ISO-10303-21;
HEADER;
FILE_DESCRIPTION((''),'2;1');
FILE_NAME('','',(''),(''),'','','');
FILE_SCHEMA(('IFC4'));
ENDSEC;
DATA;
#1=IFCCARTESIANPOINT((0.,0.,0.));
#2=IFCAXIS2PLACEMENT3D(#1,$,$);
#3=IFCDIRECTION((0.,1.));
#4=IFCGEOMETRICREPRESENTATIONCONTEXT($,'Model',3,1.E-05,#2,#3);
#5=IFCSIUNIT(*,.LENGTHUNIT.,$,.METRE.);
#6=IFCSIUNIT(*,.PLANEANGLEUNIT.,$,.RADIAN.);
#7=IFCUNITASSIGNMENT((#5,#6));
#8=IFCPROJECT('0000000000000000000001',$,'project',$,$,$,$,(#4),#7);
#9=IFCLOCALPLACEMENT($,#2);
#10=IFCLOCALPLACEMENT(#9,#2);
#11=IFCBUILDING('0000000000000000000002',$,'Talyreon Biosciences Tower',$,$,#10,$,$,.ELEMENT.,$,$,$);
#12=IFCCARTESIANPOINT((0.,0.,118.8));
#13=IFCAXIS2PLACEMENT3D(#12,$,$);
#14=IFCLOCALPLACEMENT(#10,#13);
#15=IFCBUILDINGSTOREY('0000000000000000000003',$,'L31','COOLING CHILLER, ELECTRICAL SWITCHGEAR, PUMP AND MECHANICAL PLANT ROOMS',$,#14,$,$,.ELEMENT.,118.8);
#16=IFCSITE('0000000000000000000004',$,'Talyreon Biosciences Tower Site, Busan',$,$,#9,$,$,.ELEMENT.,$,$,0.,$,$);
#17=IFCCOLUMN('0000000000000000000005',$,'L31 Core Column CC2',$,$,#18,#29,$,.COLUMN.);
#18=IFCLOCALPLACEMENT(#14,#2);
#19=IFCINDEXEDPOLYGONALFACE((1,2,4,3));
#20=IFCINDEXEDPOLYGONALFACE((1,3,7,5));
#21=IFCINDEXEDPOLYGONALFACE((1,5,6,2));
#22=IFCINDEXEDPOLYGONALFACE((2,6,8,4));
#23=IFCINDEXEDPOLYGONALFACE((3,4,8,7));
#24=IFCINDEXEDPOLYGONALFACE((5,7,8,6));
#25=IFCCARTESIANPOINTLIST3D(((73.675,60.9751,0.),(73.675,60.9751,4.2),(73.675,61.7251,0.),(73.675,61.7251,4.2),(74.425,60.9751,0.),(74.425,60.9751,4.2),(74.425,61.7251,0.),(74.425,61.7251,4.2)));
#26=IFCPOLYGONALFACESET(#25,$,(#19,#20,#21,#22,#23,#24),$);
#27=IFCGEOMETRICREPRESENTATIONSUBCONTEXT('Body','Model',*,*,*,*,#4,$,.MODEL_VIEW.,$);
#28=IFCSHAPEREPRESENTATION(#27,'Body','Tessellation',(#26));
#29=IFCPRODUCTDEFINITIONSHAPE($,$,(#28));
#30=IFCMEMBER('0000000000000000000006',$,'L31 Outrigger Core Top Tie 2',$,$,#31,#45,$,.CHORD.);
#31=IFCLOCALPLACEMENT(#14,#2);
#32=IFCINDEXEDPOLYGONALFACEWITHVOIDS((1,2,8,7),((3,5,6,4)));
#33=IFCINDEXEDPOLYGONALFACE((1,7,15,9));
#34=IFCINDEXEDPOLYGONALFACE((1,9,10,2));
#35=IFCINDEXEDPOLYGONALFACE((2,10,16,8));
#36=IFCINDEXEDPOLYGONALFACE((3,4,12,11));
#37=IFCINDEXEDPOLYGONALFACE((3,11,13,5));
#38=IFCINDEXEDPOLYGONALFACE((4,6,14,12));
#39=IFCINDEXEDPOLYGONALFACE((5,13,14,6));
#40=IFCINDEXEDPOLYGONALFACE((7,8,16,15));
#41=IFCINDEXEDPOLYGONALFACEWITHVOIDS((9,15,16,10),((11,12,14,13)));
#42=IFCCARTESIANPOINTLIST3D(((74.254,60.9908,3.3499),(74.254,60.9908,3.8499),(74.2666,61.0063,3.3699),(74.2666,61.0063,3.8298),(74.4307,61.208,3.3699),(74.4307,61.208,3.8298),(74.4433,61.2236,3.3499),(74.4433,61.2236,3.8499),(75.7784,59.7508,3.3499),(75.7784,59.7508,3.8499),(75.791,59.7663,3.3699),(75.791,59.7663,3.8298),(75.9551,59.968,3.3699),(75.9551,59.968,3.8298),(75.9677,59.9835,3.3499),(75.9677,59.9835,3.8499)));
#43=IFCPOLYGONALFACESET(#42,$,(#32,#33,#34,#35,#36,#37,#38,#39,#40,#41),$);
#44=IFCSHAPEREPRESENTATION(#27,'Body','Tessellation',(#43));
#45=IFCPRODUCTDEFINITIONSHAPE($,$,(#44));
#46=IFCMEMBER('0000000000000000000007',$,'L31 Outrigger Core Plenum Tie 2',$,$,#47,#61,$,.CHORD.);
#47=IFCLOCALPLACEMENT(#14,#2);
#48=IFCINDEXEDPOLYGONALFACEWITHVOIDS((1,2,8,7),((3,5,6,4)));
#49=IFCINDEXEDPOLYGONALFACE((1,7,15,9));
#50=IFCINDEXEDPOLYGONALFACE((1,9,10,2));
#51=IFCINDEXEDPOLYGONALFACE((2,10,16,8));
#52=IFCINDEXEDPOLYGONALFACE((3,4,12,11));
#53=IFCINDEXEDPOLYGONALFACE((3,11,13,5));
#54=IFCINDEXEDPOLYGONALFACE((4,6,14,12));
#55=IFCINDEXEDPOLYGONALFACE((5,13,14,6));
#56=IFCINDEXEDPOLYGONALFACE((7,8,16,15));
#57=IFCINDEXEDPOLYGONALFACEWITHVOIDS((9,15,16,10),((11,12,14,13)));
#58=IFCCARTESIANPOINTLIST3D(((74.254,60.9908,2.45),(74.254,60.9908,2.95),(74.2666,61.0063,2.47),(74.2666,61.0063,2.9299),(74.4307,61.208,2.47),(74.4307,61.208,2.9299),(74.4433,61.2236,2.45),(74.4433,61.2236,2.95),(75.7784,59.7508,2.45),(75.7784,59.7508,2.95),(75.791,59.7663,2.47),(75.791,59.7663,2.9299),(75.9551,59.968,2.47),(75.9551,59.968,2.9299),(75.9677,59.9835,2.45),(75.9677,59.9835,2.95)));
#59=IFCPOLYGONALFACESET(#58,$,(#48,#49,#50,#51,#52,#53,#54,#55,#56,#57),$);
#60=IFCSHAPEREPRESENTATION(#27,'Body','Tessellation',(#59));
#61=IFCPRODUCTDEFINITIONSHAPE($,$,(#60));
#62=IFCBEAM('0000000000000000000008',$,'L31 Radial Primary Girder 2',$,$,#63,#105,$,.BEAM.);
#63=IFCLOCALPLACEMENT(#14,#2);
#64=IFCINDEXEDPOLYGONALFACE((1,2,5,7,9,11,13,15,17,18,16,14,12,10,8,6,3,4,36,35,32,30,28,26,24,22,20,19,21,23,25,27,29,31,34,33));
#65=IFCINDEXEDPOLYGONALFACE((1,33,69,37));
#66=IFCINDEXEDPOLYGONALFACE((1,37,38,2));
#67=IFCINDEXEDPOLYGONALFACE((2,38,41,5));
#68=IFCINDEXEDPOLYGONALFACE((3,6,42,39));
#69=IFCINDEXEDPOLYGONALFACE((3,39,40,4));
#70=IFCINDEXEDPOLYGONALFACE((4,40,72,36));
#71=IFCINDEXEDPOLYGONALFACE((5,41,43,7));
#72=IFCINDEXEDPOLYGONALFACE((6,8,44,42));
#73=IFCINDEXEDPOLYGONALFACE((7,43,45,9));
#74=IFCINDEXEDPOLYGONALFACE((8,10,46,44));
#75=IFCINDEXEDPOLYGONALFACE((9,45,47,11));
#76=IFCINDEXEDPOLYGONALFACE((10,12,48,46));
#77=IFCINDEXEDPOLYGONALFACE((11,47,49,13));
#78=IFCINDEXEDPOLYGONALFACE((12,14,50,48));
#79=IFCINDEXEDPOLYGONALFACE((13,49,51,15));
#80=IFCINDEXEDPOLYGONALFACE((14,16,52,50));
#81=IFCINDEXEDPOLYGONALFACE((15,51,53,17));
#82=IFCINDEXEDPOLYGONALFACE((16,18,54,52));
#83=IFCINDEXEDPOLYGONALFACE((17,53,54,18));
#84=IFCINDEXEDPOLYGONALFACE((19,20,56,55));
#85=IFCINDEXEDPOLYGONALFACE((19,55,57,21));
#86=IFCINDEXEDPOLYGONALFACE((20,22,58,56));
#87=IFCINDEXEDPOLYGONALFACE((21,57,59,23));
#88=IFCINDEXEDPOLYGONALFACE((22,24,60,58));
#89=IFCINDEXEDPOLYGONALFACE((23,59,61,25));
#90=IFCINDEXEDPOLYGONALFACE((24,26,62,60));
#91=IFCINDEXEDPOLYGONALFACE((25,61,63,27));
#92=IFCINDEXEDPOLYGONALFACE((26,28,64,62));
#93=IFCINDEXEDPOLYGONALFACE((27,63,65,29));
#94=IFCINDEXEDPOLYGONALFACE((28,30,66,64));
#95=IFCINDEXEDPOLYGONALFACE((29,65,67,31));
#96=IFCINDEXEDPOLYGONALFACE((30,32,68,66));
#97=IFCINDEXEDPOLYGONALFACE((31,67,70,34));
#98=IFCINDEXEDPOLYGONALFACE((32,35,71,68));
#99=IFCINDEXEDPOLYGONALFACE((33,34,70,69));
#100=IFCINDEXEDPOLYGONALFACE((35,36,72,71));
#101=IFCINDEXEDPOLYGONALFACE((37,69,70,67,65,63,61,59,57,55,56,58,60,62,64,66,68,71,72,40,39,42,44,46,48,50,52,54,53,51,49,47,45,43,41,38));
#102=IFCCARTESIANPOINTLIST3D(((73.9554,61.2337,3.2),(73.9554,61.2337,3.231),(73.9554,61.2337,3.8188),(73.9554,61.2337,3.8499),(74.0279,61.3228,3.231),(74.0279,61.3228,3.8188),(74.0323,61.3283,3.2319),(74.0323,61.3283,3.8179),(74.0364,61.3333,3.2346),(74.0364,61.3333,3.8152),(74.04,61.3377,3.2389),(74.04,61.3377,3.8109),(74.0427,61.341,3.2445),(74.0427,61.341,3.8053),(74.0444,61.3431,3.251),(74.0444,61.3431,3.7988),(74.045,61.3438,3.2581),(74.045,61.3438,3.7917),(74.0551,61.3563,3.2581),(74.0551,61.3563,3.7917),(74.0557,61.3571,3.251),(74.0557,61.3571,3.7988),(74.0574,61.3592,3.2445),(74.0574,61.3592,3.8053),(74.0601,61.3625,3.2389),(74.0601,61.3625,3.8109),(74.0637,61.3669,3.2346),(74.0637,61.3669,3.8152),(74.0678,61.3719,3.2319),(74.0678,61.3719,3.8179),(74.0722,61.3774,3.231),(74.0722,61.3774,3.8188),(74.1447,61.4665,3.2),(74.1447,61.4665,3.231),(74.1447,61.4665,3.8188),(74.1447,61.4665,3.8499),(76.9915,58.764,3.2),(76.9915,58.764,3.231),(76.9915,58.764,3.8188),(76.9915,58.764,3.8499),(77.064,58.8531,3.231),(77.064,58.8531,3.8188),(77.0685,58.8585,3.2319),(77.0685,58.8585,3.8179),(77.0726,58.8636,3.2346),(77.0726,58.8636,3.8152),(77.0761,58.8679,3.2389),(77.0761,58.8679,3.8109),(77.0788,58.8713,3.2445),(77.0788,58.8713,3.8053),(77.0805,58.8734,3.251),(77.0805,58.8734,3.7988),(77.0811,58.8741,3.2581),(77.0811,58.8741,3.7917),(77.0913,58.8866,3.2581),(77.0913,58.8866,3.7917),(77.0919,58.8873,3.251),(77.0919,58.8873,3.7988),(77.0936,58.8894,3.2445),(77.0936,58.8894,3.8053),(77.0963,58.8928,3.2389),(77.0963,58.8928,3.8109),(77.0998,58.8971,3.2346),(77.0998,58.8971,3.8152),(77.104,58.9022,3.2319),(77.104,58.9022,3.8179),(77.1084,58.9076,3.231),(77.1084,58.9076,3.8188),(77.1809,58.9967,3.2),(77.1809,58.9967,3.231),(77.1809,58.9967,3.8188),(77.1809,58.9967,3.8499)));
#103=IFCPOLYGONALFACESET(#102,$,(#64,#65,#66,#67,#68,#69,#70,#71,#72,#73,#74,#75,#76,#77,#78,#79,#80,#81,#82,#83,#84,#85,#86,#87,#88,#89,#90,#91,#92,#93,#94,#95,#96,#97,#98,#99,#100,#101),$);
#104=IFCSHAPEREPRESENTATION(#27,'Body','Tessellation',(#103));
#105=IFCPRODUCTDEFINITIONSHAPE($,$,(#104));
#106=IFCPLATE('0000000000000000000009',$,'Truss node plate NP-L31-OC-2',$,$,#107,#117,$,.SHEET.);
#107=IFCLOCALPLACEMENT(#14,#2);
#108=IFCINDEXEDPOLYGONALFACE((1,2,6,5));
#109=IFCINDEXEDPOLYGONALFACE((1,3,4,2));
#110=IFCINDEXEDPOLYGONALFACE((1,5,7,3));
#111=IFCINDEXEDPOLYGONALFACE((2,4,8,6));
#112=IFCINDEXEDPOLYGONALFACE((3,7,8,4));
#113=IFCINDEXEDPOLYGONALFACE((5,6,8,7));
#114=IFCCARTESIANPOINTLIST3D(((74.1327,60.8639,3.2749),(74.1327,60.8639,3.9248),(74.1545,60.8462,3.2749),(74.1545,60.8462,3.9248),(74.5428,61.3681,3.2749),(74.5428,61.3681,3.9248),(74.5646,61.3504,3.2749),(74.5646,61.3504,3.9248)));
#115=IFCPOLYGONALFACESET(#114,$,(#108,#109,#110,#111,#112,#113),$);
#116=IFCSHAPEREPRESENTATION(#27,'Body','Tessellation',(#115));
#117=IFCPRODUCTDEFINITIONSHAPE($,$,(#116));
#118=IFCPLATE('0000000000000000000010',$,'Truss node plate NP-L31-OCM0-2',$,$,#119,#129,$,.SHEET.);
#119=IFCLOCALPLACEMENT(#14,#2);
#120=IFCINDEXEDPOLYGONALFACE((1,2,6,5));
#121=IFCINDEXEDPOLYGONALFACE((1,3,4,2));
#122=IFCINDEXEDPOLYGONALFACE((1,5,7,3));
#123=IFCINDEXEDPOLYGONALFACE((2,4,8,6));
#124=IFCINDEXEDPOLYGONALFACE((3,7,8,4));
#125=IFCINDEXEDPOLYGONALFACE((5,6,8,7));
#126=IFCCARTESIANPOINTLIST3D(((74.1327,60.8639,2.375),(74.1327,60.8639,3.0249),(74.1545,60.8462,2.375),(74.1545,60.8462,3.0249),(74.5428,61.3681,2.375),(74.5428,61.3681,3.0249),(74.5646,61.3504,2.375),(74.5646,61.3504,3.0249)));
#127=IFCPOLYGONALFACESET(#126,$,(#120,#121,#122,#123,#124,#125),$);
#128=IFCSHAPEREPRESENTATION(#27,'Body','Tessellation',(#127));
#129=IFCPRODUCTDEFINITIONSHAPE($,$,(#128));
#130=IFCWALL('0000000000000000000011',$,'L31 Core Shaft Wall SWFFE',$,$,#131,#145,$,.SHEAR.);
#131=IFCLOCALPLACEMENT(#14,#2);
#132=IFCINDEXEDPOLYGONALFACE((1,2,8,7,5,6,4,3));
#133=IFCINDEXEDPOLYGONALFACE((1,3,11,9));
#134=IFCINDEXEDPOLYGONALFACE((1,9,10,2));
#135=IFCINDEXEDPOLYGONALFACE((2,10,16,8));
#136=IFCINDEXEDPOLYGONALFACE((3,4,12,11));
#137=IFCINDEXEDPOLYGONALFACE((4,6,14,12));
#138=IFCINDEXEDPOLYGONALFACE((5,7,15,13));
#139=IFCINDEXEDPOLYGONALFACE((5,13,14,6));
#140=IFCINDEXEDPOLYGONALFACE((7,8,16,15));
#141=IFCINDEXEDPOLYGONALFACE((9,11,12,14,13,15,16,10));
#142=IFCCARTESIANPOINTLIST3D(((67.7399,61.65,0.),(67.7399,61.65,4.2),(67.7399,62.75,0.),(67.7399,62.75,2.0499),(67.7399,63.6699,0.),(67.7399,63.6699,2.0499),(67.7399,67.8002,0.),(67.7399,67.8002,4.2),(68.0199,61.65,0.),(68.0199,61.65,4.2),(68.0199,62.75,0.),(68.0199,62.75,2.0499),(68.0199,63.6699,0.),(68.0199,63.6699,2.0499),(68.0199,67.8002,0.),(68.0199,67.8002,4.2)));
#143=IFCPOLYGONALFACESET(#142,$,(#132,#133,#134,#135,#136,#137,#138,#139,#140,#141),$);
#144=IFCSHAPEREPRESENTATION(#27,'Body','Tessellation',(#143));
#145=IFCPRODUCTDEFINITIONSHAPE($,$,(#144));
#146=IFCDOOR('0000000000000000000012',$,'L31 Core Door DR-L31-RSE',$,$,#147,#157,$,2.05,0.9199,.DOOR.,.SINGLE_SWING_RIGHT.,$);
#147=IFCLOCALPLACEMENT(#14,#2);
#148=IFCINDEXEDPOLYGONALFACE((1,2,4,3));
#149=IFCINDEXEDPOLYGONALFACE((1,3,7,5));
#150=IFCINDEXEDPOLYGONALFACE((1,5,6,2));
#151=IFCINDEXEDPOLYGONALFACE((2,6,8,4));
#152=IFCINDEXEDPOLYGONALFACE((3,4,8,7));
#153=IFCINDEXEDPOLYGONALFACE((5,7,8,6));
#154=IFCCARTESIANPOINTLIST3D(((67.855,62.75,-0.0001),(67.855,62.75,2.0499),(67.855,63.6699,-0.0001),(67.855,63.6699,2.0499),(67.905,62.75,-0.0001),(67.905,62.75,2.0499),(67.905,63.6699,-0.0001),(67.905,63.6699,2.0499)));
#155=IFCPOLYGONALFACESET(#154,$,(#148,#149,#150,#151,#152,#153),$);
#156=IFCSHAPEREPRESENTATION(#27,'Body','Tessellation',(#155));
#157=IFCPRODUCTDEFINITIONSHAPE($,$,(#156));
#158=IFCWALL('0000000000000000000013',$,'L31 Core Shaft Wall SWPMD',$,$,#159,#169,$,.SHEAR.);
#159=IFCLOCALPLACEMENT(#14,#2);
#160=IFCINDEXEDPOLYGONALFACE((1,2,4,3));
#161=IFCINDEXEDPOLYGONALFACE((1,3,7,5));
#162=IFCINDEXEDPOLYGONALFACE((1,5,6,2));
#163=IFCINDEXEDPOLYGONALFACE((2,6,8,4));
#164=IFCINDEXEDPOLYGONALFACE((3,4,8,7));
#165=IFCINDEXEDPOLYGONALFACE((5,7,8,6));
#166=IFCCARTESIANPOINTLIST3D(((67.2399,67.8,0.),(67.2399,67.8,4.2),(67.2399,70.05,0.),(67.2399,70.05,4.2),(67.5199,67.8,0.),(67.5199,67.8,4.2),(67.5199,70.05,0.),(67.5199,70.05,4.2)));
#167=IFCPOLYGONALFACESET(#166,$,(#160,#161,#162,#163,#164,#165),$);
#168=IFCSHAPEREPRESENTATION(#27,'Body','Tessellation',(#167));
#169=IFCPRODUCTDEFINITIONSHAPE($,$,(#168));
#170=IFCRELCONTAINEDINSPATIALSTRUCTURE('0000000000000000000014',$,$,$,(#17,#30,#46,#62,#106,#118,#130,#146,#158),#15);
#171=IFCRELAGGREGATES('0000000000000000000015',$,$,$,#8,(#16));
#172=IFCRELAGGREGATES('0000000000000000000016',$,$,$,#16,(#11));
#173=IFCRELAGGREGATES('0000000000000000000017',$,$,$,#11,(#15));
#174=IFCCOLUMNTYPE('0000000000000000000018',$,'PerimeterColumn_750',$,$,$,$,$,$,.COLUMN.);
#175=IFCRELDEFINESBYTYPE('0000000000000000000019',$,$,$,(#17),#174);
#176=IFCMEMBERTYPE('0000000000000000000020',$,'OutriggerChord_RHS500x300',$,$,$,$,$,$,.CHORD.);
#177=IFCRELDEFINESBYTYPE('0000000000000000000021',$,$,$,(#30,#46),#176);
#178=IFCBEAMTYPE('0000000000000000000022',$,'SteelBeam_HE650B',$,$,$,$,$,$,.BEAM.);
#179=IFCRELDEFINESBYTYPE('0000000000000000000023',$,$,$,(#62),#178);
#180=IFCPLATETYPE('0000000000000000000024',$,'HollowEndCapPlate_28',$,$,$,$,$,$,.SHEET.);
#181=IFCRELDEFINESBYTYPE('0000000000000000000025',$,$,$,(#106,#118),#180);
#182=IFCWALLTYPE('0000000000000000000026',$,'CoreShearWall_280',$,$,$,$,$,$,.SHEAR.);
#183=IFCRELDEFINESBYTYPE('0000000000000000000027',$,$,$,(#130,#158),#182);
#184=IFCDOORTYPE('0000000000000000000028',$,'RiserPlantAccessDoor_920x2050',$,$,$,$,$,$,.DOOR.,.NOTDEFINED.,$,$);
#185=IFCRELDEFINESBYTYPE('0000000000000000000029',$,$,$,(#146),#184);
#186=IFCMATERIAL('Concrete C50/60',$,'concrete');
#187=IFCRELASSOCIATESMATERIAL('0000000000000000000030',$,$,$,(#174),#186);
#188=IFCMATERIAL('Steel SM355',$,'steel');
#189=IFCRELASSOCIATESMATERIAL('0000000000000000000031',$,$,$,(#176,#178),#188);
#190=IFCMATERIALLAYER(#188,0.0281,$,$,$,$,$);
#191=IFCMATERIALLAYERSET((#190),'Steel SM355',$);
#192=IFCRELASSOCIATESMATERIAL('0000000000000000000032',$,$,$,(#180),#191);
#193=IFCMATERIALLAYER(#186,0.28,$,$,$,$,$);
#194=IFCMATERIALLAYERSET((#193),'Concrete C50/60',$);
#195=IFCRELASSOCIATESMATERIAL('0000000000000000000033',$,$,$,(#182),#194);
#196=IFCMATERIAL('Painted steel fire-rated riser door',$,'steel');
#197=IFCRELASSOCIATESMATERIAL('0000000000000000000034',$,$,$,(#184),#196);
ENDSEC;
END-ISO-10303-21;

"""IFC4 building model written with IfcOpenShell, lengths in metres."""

from ifc_helpers import new_model, si_unit, direction, frame, frame_2d, origin, origin_2d, place, context, subcontext, project, spatial, rectangle, hollow_rectangle, i_section, extrude, material, layer, layer_set, material_profile, profile_set, type_object, element, fill, save


model = new_model("IFC4")

# Units and contexts
model_context = context("Model", 3, precision=1e-05, world=origin(), true_north=direction((0.0, 1.0)))
body_context = subcontext(model_context, "Body", "Model", "MODEL_VIEW")
ifc_project = project(units=[si_unit("LENGTHUNIT", "METRE"), si_unit("PLANEANGLEUNIT", "RADIAN")], contexts=[model_context])

# Site, building, storey
site_placement = place(None, origin())
site = spatial("IfcSite", under=ifc_project, at=site_placement, Name="Talyreon Biosciences Tower Site, Busan", CompositionType="ELEMENT", RefElevation=0.0)
building_placement = place(site_placement, origin())
building = spatial("IfcBuilding", under=site, at=building_placement, Name="Talyreon Biosciences Tower", CompositionType="ELEMENT")
storey_placement = place(building_placement, frame((0.0, 0.0, 118.8)))
storey = spatial("IfcBuildingStorey", under=building, at=storey_placement, Name="L31", Description="COOLING CHILLER, ELECTRICAL SWITCHGEAR, PUMP AND MECHANICAL PLANT ROOMS", CompositionType="ELEMENT", Elevation=118.8)

# Column
ifc_material_1 = material(Name="Concrete C50/60", Category="concrete")
ifc_material_profile_1 = material_profile(ifc_material_1, rectangle(XDim=0.75, YDim=0.75, at=origin_2d()), Name="RC 750x750")
ifc_profile_set_1 = profile_set([ifc_material_profile_1], Name="Concrete C50/60")
column_type = type_object("IfcColumnType", Name="PerimeterColumn_750", PredefinedType="COLUMN", material=ifc_profile_set_1)
column_placement = place(storey_placement, frame((74.05, 61.3501, 0.0), z_axis=(0.0, 0.0, 1.0), x_axis=(1.0, 0.0, 0.0)))
element("IfcColumn", 1, at=column_placement, inside=storey, type_object=column_type, Name="L31 Core Column CC2", PredefinedType="COLUMN", context=body_context, shape_type="SweptSolid", body=[
    extrude(rectangle(XDim=0.75, YDim=0.75, at=origin_2d()), origin(), (0.0, 0.0, 1.0), 4.2),
])

# Members
ifc_material_2 = material(Name="Steel SM355", Category="steel")
ifc_material_profile_2 = material_profile(ifc_material_2, hollow_rectangle(XDim=0.3, YDim=0.5, WallThickness=0.02, at=origin_2d()), Name="RHS 500x300x20")
ifc_profile_set_2 = profile_set([ifc_material_profile_2], Name="Steel SM355")
member_type = type_object("IfcMemberType", Name="OutriggerChord_RHS500x300", PredefinedType="CHORD", material=ifc_profile_set_2)
for number, where, z_axis, x_axis, name in (
    (2, (74.3486, 61.1072, 3.5999), (0.775764, -0.631023, 0.0), (0.631023, 0.775764, 0.0), "L31 Outrigger Core Top Tie 2"),
    (3, (74.3486, 61.1072, 2.7), (0.775764, -0.631023, 0.0), (0.631023, 0.775764, 0.0), "L31 Outrigger Core Plenum Tie 2"),
):
    element("IfcMember", number, at=place(storey_placement, frame(where, z_axis=z_axis, x_axis=x_axis)), inside=storey, type_object=member_type, Name=name, PredefinedType="CHORD", context=body_context, shape_type="SweptSolid", body=[
        extrude(hollow_rectangle(XDim=0.3, YDim=0.5, WallThickness=0.02, at=origin_2d()), origin(), (0.0, 0.0, 1.0), 1.9651),
    ])

# Beam
ifc_material_profile_3 = material_profile(ifc_material_2, i_section(OverallWidth=0.3, OverallDepth=0.6499, WebThickness=0.0161, FlangeThickness=0.031, FilletRadius=0.0271, at=origin_2d()), Name="HE650B")
ifc_profile_set_3 = profile_set([ifc_material_profile_3], Name="Steel SM355")
beam_type = type_object("IfcBeamType", Name="SteelBeam_HE650B", PredefinedType="BEAM", material=ifc_profile_set_3)
beam_placement = place(storey_placement, frame((74.05, 61.3501, 3.5249), z_axis=(0.775755, -0.631034, 0.0), x_axis=(0.631034, 0.775755, 0.0)))
element("IfcBeam", 4, at=beam_placement, inside=storey, type_object=beam_type, Name="L31 Radial Primary Girder 2", PredefinedType="BEAM", context=body_context, shape_type="SweptSolid", body=[
    extrude(i_section(OverallWidth=0.3, OverallDepth=0.6499, WebThickness=0.0161, FlangeThickness=0.031, FilletRadius=0.0271, at=origin_2d()), origin(), (0.0, 0.0, 1.0), 3.9138),
])

# Plates
ifc_layer_1 = layer(ifc_material_2, 0.0281)
ifc_layer_set_1 = layer_set([ifc_layer_1], Name="Steel SM355")
plate_type = type_object("IfcPlateType", Name="HollowEndCapPlate_28", PredefinedType="SHEET", material=ifc_layer_set_1)
for number, where, z_axis, x_axis, name in (
    (5, (74.3486, 61.1072, 3.2749), (0.0, 0.0, 1.0), (0.631001, 0.775782, 0.0), "Truss node plate NP-L31-OC-2"),
    (6, (74.3486, 61.1072, 2.375), (0.0, 0.0, 1.0), (0.631001, 0.775782, 0.0), "Truss node plate NP-L31-OCM0-2"),
):
    element("IfcPlate", number, at=place(storey_placement, frame(where, z_axis=z_axis, x_axis=x_axis)), inside=storey, type_object=plate_type, Name=name, PredefinedType="SHEET", context=body_context, shape_type="SweptSolid", body=[
        extrude(rectangle(XDim=0.6499, YDim=0.0281, at=origin_2d()), origin(), (0.0, 0.0, 1.0), 0.6499),
    ])

# Wall, opening, door
ifc_layer_2 = layer(ifc_material_1, 0.28)
ifc_layer_set_2 = layer_set([ifc_layer_2], Name="Concrete C50/60")
wall_type_1 = type_object("IfcWallType", Name="CoreShearWall_280", PredefinedType="SHEAR", material=ifc_layer_set_2)
wall_1_placement = place(storey_placement, frame((67.8799, 61.6499, 0.0), z_axis=(0.0, 0.0, 1.0), x_axis=(0.0, 1.0, 0.0)))
wall_1 = element("IfcWall", 7, at=wall_1_placement, inside=storey, type_object=wall_type_1, Name="L31 Core Shaft Wall SWFFE", PredefinedType="SHEAR", context=body_context, shape_type="SweptSolid", body=[
    extrude(rectangle(XDim=6.1501, YDim=0.28, at=frame_2d((3.0752, 0.0))), origin(), (0.0, 0.0, 1.0), 4.2),
])
opening_1_placement = place(wall_1_placement, frame((1.1001, 0.0, 0.0)))
opening_1 = element("IfcOpeningElement", 8, at=opening_1_placement, cuts=wall_1, PredefinedType="OPENING", context=body_context, shape_type="SweptSolid", body=[
    extrude(rectangle(XDim=0.9199, YDim=2.05, at=frame_2d((0.46, 1.0249))), frame((0.0, 0.1499, 0.0), z_axis=(0.0, -1.0, 0.0), x_axis=(1.0, 0.0, 0.0)), (0.0, 0.0, 1.0), 0.3),
])
ifc_material_3 = material(Name="Painted steel fire-rated riser door", Category="steel")
door_type = type_object("IfcDoorType", Name="RiserPlantAccessDoor_920x2050", OperationType="NOTDEFINED", PredefinedType="DOOR", material=ifc_material_3)
door_1_placement = place(opening_1_placement, origin())
door_1 = element("IfcDoor", 9, at=door_1_placement, inside=storey, type_object=door_type, Name="L31 Core Door DR-L31-RSE", OperationType="SINGLE_SWING_RIGHT", OverallHeight=2.05, OverallWidth=0.9199, PredefinedType="DOOR", context=body_context, shape_type="SweptSolid", body=[
    extrude(rectangle(XDim=0.9199, YDim=2.05, at=frame_2d((0.46, 1.0249))), frame((0.0, 0.0249, 0.0), z_axis=(0.0, -1.0, 0.0), x_axis=(1.0, 0.0, 0.0)), (0.0, 0.0, 1.0), 0.05),
])
fill(opening_1, door_1)

# Wall
wall_2_placement = place(storey_placement, frame((67.3799, 67.8, 0.0), z_axis=(0.0, 0.0, 1.0), x_axis=(0.0, 1.0, 0.0)))
element("IfcWall", 10, at=wall_2_placement, inside=storey, type_object=wall_type_1, Name="L31 Core Shaft Wall SWPMD", PredefinedType="SHEAR", context=body_context, shape_type="SweptSolid", body=[
    extrude(rectangle(XDim=2.25, YDim=0.28, at=frame_2d((1.125, 0.0))), origin(), (0.0, 0.0, 1.0), 4.2),
])

save(model, "model.ifc")
